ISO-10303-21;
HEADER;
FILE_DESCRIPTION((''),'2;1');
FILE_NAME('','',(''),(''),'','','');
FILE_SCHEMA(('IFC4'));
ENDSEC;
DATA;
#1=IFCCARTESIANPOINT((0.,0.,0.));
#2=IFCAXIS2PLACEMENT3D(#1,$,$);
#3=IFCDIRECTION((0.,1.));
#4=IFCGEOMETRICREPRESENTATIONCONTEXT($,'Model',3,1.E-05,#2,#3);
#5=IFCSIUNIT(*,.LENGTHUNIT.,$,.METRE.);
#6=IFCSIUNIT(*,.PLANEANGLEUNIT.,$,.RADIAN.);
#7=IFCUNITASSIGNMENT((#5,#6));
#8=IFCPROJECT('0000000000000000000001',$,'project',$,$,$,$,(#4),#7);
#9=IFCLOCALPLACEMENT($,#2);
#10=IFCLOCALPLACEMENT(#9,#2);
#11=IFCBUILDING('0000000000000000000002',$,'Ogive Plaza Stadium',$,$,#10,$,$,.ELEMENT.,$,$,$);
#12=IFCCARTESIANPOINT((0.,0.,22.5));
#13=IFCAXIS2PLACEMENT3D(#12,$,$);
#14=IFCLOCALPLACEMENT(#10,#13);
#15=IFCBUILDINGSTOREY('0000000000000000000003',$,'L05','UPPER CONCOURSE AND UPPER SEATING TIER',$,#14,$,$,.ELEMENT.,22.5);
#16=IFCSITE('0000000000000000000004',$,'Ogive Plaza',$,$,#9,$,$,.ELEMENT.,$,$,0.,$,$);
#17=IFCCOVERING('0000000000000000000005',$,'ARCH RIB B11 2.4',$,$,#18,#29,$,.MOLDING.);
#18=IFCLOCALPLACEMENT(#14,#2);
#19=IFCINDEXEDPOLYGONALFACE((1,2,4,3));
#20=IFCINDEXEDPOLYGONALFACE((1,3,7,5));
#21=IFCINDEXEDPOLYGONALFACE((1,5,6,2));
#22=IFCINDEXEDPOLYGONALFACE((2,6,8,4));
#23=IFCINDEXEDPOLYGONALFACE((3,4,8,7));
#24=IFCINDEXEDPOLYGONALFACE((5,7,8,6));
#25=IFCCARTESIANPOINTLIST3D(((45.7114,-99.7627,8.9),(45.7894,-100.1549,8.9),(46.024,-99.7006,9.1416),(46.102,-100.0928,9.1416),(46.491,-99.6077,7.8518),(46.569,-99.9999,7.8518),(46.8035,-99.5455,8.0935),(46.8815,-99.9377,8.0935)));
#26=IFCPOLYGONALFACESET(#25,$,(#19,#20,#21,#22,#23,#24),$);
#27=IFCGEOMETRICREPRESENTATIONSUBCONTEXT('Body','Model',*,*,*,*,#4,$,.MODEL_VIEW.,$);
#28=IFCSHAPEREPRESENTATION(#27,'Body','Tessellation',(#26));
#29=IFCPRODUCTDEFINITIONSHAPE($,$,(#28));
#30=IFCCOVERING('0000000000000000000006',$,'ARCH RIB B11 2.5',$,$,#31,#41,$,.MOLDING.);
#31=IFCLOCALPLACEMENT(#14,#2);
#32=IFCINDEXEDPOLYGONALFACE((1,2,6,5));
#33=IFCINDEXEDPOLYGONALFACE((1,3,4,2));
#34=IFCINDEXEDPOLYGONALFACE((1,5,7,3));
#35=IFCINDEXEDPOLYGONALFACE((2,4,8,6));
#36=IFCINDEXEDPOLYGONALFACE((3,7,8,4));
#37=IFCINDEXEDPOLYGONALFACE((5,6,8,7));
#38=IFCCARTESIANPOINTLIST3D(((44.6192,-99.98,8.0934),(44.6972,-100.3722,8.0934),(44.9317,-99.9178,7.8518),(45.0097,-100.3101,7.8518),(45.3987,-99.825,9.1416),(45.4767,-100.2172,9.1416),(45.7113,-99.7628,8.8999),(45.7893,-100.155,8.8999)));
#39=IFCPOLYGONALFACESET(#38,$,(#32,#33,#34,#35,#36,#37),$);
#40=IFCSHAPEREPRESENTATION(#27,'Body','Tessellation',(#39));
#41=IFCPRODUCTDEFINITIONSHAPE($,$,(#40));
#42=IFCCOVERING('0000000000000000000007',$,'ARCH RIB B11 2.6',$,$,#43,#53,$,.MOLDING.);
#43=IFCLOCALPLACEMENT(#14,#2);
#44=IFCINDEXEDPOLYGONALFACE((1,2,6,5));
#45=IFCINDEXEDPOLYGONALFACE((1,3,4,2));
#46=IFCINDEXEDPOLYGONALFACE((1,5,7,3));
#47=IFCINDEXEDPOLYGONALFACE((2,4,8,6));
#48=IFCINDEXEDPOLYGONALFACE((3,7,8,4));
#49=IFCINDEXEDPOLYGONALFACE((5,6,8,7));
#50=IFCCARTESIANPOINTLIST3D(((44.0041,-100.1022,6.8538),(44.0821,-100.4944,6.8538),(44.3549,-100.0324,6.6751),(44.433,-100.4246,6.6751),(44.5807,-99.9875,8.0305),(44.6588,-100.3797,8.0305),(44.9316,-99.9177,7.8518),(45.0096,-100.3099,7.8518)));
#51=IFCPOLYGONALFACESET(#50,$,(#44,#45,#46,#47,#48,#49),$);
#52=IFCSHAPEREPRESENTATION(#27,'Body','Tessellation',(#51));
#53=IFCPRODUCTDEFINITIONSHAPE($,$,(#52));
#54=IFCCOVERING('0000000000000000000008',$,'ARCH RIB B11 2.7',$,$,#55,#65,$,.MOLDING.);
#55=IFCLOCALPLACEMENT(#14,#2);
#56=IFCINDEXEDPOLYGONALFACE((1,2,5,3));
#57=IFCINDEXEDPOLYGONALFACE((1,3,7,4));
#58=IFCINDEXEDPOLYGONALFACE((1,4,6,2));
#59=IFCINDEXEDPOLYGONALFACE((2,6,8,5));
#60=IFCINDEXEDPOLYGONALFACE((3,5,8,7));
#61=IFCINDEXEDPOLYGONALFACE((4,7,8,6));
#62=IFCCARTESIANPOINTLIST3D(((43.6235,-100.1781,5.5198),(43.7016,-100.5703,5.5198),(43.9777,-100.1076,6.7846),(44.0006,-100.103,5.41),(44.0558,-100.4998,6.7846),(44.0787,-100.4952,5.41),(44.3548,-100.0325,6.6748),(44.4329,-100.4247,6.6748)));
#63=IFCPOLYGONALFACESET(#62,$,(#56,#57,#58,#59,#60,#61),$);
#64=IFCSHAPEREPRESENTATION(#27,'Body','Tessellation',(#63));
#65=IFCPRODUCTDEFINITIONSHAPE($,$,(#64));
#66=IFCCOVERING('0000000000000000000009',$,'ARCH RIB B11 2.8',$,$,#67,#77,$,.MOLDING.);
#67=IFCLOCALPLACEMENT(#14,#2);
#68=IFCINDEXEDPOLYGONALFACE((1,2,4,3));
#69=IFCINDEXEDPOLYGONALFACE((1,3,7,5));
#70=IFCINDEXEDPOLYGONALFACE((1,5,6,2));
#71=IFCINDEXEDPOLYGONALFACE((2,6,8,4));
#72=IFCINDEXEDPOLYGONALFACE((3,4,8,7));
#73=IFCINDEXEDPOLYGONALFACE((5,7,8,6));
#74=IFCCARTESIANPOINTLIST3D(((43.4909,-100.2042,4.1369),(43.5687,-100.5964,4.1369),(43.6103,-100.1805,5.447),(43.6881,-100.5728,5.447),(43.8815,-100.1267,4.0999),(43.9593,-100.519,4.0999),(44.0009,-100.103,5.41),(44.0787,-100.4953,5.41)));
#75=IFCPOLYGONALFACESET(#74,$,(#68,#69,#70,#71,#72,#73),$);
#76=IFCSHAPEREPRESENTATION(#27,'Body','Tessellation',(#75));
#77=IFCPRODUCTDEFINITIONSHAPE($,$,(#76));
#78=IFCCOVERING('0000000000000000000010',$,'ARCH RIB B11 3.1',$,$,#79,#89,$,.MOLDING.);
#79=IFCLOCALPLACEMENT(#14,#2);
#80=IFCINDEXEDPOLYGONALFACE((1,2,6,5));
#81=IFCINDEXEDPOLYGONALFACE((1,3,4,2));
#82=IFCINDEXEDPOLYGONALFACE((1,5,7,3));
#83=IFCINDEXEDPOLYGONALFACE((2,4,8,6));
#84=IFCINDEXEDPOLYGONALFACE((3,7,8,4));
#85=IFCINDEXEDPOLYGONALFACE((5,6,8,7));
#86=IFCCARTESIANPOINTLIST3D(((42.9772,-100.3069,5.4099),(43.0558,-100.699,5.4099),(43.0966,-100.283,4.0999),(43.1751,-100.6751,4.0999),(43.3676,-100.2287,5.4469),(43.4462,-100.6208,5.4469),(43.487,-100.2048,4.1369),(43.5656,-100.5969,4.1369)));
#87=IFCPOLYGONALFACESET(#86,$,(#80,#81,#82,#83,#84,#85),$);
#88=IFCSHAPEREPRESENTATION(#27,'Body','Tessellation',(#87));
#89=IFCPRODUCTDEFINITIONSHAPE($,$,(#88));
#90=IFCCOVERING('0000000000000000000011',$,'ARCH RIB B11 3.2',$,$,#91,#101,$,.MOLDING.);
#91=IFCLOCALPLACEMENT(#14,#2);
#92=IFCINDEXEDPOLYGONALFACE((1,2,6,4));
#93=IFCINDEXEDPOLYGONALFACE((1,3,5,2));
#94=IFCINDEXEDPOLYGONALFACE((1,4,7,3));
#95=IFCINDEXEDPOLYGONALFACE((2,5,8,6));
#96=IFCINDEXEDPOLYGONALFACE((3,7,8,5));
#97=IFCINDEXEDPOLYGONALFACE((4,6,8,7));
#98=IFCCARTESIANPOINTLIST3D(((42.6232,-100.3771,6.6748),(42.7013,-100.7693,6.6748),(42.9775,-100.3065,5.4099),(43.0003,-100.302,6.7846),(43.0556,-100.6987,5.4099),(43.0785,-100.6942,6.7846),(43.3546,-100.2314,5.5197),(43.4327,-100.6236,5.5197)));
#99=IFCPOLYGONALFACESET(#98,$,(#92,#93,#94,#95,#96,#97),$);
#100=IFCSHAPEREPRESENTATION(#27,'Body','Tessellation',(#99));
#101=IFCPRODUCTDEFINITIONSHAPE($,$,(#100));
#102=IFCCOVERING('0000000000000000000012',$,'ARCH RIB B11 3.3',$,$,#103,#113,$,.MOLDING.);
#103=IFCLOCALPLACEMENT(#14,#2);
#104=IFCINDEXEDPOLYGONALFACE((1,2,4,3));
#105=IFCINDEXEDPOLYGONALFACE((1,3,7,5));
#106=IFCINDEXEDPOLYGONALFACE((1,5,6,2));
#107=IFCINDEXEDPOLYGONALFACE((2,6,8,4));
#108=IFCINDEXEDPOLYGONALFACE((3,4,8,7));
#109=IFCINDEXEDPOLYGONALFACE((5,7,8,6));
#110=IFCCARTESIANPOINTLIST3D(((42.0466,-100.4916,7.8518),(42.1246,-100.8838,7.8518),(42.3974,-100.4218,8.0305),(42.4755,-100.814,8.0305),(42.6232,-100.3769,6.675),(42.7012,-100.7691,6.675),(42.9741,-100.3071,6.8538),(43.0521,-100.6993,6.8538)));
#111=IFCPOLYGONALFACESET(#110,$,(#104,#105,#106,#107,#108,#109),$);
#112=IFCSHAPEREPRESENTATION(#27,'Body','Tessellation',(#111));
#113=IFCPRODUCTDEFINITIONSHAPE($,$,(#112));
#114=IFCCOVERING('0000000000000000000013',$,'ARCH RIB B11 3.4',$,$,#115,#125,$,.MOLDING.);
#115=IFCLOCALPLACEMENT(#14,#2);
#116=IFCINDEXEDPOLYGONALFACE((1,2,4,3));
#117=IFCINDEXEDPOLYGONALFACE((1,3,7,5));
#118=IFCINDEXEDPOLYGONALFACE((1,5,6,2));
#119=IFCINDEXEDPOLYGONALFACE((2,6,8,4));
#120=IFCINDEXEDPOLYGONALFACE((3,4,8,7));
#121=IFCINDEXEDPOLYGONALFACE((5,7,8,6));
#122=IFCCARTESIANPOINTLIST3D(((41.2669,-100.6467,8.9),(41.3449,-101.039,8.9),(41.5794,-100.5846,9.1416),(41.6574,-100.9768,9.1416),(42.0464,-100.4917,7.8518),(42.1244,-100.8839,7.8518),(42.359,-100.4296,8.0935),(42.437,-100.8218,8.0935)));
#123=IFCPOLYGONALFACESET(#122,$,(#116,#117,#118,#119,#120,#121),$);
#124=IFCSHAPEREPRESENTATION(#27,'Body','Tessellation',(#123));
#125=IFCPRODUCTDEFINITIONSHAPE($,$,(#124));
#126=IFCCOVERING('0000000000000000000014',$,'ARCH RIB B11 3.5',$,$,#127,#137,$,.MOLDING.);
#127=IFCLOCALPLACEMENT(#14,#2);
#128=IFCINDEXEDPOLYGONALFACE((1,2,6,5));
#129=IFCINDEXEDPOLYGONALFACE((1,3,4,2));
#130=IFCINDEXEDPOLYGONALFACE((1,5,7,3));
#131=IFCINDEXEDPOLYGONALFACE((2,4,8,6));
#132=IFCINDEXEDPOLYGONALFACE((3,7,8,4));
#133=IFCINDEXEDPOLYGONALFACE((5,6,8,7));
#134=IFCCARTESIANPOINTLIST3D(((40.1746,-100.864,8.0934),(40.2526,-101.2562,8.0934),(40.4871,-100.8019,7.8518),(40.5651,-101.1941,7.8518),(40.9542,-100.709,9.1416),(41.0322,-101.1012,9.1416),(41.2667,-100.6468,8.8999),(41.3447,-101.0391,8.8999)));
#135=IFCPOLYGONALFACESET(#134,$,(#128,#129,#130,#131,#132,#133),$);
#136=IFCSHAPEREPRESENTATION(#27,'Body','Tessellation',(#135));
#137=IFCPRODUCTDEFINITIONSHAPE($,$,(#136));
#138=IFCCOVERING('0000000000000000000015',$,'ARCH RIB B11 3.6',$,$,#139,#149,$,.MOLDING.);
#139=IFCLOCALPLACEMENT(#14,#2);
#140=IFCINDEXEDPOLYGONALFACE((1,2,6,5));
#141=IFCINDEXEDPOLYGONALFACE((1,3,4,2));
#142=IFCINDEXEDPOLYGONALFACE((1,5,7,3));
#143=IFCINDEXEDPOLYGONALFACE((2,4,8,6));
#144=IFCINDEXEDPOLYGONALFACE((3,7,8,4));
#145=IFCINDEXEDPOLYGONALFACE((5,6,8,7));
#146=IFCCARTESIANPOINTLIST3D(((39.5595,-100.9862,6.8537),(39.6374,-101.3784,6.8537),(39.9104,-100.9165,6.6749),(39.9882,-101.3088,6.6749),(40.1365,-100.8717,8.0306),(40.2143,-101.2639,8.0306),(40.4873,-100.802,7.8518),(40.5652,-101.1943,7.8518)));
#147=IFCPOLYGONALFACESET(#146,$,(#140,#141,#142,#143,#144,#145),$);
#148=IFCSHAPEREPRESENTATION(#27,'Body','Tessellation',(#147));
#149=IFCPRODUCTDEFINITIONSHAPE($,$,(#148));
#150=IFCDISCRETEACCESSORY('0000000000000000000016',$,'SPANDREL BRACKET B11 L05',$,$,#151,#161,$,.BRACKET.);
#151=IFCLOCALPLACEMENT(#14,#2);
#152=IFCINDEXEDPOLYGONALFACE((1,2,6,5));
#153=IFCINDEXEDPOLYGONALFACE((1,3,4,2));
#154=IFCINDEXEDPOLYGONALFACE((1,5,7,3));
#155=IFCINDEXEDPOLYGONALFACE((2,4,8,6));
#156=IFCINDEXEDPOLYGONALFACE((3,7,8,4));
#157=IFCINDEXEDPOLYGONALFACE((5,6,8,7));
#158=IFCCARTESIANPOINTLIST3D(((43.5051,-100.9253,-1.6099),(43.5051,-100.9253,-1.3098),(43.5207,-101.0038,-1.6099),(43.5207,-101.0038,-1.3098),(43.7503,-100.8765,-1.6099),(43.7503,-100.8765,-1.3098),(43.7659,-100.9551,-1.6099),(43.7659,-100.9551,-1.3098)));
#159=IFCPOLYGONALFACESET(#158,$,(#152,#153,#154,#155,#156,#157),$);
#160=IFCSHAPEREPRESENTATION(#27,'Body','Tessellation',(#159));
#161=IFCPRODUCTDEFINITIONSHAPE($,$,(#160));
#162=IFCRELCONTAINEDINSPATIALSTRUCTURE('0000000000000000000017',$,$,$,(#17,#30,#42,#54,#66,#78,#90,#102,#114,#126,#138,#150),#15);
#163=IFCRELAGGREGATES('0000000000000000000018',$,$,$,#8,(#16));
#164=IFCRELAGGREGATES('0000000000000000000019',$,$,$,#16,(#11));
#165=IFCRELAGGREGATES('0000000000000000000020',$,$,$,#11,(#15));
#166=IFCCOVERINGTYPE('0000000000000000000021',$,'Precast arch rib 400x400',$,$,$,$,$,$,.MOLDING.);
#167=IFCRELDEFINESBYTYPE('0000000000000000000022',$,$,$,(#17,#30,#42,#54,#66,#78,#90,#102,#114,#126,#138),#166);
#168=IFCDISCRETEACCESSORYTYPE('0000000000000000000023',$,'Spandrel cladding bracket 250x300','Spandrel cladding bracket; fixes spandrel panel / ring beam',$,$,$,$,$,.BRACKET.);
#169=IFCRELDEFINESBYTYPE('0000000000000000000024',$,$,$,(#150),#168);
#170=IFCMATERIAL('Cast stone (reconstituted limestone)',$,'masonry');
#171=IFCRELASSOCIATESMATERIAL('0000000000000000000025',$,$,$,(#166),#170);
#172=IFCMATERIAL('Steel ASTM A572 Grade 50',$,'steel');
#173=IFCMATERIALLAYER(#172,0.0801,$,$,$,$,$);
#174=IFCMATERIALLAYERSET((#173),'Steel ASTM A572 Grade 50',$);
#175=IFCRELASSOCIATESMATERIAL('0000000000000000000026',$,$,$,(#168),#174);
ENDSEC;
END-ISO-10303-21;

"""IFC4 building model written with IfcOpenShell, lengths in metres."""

from ifc_helpers import new_model, si_unit, direction, frame, origin, origin_2d, place, context, subcontext, project, spatial, rectangle, extrude, material, layer, layer_set, material_profile, profile_set, type_object, element, save


model = new_model("IFC4")

# Units and contexts
model_context = context("Model", 3, precision=1e-05, world=origin(), true_north=direction((0.0, 1.0)))
body_context = subcontext(model_context, "Body", "Model", "MODEL_VIEW")
ifc_project = project(units=[si_unit("LENGTHUNIT", "METRE"), si_unit("PLANEANGLEUNIT", "RADIAN")], contexts=[model_context])

# Site, building, storey
site_placement = place(None, origin())
site = spatial("IfcSite", under=ifc_project, at=site_placement, Name="Ogive Plaza", CompositionType="ELEMENT", RefElevation=0.0)
building_placement = place(site_placement, origin())
building = spatial("IfcBuilding", under=site, at=building_placement, Name="Ogive Plaza Stadium", CompositionType="ELEMENT")
storey_placement = place(building_placement, frame((0.0, 0.0, 22.5)))
storey = spatial("IfcBuildingStorey", under=building, at=storey_placement, Name="L05", Description="UPPER CONCOURSE AND UPPER SEATING TIER", CompositionType="ELEMENT", Elevation=22.5)

# Coverings
ifc_material_1 = material(Name="Cast stone (reconstituted limestone)", Category="masonry")
ifc_material_profile_1 = material_profile(ifc_material_1, rectangle(XDim=0.3999, YDim=0.3999, at=origin_2d()), Name="Cast stone 400x400")
ifc_profile_set_1 = profile_set([ifc_material_profile_1], Name="Cast stone (reconstituted limestone)")
covering_type = type_object("IfcCoveringType", Name="Precast arch rib 400x400", PredefinedType="MOLDING", material=ifc_profile_set_1)
for number, where, z_axis, x_axis, name in (
    (1, (46.6863, -99.7727, 7.9727), (-0.592636, -0.117859, 0.796801), (0.195053, -0.980793, 0.0), "ARCH RIB B11 2.4"),
    (2, (45.594, -99.99, 9.0208), (-0.592636, -0.117859, -0.796801), (0.195053, -0.980793, 0.0), "ARCH RIB B11 2.5"),
    (3, (44.7952, -100.1487, 7.9412), (-0.438368, -0.087228, -0.894553), (0.195158, -0.980772, 0.0), "ARCH RIB B11 2.6"),
    (4, (44.2053, -100.2661, 6.7297), (-0.269297, -0.053637, -0.961562), (0.195336, -0.980736, 0.0), "ARCH RIB B11 2.7"),
):
    element("IfcCovering", number, at=place(storey_placement, frame(where, z_axis=z_axis, x_axis=x_axis)), inside=storey, type_object=covering_type, Name=name, PredefinedType="MOLDING", context=body_context, shape_type="SweptSolid", body=[
        extrude(rectangle(XDim=0.3999, YDim=0.3999, at=origin_2d()), origin(), (0.0, 0.0, 1.0), 1.3154),
    ])
for number, where, z_axis, x_axis, name in (
    (5, (43.8445, -100.3379, 5.4285), (-0.090739, -0.017999, -0.995712), (0.194573, -0.980888, 0.0), "ARCH RIB B11 2.8"),
    (6, (43.3311, -100.4399, 4.1184), (-0.090738, -0.018185, 0.995709), (0.196502, -0.980503, 0.0), "ARCH RIB B11 3.1"),
):
    element("IfcCovering", number, at=place(storey_placement, frame(where, z_axis=z_axis, x_axis=x_axis)), inside=storey, type_object=covering_type, Name=name, PredefinedType="MOLDING", context=body_context, shape_type="SweptSolid", body=[
        extrude(rectangle(XDim=0.3999, YDim=0.3999, at=origin_2d()), origin(), (0.0, 0.0, 1.0), 1.3157),
    ])
for number, where, z_axis, x_axis, name in (
    (7, (43.2051, -100.4651, 5.4648), (-0.269297, -0.053637, 0.961562), (0.195336, -0.980736, 0.0), "ARCH RIB B11 3.2"),
    (8, (42.8376, -100.5381, 6.7644), (-0.438368, -0.087228, 0.894553), (0.195158, -0.980772, 0.0), "ARCH RIB B11 3.3"),
    (9, (42.2417, -100.6567, 7.9727), (-0.592636, -0.117859, 0.796801), (0.195053, -0.980793, 0.0), "ARCH RIB B11 3.4"),
    (10, (41.1494, -100.874, 9.0208), (-0.592636, -0.117859, -0.796801), (0.195053, -0.980793, 0.0), "ARCH RIB B11 3.5"),
):
    element("IfcCovering", number, at=place(storey_placement, frame(where, z_axis=z_axis, x_axis=x_axis)), inside=storey, type_object=covering_type, Name=name, PredefinedType="MOLDING", context=body_context, shape_type="SweptSolid", body=[
        extrude(rectangle(XDim=0.3999, YDim=0.3999, at=origin_2d()), origin(), (0.0, 0.0, 1.0), 1.3154),
    ])
covering_1_placement = place(storey_placement, frame((40.3508, -101.033, 7.9412), z_axis=(-0.438525, -0.087037, -0.894494), x_axis=(0.194679, -0.980867, 0.0)))
element("IfcCovering", 11, at=covering_1_placement, inside=storey, type_object=covering_type, Name="ARCH RIB B11 3.6", PredefinedType="MOLDING", context=body_context, shape_type="SweptSolid", body=[
    extrude(rectangle(XDim=0.3999, YDim=0.3999, at=origin_2d()), origin(), (0.0, 0.0, 1.0), 1.3157),
])

# Discrete accessory
ifc_material_2 = material(Name="Steel ASTM A572 Grade 50", Category="steel")
ifc_layer_1 = layer(ifc_material_2, 0.0801)
ifc_layer_set_1 = layer_set([ifc_layer_1], Name="Steel ASTM A572 Grade 50")
discrete_accessory_type = type_object("IfcDiscreteAccessoryType", Name="Spandrel cladding bracket 250x300", Description="Spandrel cladding bracket; fixes spandrel panel / ring beam", PredefinedType="BRACKET", material=ifc_layer_set_1)
discrete_accessory_placement = place(storey_placement, frame((43.6355, -100.9402, -1.6099), z_axis=(0.0, 0.0, 1.0), x_axis=(-0.980785, -0.19509, 0.0)))
element("IfcDiscreteAccessory", 12, at=discrete_accessory_placement, inside=storey, type_object=discrete_accessory_type, Name="SPANDREL BRACKET B11 L05", PredefinedType="BRACKET", context=body_context, shape_type="SweptSolid", body=[
    extrude(rectangle(XDim=0.25, YDim=0.0801, at=origin_2d()), origin(), (0.0, 0.0, 1.0), 0.3),
])

save(model, "model.ifc")
